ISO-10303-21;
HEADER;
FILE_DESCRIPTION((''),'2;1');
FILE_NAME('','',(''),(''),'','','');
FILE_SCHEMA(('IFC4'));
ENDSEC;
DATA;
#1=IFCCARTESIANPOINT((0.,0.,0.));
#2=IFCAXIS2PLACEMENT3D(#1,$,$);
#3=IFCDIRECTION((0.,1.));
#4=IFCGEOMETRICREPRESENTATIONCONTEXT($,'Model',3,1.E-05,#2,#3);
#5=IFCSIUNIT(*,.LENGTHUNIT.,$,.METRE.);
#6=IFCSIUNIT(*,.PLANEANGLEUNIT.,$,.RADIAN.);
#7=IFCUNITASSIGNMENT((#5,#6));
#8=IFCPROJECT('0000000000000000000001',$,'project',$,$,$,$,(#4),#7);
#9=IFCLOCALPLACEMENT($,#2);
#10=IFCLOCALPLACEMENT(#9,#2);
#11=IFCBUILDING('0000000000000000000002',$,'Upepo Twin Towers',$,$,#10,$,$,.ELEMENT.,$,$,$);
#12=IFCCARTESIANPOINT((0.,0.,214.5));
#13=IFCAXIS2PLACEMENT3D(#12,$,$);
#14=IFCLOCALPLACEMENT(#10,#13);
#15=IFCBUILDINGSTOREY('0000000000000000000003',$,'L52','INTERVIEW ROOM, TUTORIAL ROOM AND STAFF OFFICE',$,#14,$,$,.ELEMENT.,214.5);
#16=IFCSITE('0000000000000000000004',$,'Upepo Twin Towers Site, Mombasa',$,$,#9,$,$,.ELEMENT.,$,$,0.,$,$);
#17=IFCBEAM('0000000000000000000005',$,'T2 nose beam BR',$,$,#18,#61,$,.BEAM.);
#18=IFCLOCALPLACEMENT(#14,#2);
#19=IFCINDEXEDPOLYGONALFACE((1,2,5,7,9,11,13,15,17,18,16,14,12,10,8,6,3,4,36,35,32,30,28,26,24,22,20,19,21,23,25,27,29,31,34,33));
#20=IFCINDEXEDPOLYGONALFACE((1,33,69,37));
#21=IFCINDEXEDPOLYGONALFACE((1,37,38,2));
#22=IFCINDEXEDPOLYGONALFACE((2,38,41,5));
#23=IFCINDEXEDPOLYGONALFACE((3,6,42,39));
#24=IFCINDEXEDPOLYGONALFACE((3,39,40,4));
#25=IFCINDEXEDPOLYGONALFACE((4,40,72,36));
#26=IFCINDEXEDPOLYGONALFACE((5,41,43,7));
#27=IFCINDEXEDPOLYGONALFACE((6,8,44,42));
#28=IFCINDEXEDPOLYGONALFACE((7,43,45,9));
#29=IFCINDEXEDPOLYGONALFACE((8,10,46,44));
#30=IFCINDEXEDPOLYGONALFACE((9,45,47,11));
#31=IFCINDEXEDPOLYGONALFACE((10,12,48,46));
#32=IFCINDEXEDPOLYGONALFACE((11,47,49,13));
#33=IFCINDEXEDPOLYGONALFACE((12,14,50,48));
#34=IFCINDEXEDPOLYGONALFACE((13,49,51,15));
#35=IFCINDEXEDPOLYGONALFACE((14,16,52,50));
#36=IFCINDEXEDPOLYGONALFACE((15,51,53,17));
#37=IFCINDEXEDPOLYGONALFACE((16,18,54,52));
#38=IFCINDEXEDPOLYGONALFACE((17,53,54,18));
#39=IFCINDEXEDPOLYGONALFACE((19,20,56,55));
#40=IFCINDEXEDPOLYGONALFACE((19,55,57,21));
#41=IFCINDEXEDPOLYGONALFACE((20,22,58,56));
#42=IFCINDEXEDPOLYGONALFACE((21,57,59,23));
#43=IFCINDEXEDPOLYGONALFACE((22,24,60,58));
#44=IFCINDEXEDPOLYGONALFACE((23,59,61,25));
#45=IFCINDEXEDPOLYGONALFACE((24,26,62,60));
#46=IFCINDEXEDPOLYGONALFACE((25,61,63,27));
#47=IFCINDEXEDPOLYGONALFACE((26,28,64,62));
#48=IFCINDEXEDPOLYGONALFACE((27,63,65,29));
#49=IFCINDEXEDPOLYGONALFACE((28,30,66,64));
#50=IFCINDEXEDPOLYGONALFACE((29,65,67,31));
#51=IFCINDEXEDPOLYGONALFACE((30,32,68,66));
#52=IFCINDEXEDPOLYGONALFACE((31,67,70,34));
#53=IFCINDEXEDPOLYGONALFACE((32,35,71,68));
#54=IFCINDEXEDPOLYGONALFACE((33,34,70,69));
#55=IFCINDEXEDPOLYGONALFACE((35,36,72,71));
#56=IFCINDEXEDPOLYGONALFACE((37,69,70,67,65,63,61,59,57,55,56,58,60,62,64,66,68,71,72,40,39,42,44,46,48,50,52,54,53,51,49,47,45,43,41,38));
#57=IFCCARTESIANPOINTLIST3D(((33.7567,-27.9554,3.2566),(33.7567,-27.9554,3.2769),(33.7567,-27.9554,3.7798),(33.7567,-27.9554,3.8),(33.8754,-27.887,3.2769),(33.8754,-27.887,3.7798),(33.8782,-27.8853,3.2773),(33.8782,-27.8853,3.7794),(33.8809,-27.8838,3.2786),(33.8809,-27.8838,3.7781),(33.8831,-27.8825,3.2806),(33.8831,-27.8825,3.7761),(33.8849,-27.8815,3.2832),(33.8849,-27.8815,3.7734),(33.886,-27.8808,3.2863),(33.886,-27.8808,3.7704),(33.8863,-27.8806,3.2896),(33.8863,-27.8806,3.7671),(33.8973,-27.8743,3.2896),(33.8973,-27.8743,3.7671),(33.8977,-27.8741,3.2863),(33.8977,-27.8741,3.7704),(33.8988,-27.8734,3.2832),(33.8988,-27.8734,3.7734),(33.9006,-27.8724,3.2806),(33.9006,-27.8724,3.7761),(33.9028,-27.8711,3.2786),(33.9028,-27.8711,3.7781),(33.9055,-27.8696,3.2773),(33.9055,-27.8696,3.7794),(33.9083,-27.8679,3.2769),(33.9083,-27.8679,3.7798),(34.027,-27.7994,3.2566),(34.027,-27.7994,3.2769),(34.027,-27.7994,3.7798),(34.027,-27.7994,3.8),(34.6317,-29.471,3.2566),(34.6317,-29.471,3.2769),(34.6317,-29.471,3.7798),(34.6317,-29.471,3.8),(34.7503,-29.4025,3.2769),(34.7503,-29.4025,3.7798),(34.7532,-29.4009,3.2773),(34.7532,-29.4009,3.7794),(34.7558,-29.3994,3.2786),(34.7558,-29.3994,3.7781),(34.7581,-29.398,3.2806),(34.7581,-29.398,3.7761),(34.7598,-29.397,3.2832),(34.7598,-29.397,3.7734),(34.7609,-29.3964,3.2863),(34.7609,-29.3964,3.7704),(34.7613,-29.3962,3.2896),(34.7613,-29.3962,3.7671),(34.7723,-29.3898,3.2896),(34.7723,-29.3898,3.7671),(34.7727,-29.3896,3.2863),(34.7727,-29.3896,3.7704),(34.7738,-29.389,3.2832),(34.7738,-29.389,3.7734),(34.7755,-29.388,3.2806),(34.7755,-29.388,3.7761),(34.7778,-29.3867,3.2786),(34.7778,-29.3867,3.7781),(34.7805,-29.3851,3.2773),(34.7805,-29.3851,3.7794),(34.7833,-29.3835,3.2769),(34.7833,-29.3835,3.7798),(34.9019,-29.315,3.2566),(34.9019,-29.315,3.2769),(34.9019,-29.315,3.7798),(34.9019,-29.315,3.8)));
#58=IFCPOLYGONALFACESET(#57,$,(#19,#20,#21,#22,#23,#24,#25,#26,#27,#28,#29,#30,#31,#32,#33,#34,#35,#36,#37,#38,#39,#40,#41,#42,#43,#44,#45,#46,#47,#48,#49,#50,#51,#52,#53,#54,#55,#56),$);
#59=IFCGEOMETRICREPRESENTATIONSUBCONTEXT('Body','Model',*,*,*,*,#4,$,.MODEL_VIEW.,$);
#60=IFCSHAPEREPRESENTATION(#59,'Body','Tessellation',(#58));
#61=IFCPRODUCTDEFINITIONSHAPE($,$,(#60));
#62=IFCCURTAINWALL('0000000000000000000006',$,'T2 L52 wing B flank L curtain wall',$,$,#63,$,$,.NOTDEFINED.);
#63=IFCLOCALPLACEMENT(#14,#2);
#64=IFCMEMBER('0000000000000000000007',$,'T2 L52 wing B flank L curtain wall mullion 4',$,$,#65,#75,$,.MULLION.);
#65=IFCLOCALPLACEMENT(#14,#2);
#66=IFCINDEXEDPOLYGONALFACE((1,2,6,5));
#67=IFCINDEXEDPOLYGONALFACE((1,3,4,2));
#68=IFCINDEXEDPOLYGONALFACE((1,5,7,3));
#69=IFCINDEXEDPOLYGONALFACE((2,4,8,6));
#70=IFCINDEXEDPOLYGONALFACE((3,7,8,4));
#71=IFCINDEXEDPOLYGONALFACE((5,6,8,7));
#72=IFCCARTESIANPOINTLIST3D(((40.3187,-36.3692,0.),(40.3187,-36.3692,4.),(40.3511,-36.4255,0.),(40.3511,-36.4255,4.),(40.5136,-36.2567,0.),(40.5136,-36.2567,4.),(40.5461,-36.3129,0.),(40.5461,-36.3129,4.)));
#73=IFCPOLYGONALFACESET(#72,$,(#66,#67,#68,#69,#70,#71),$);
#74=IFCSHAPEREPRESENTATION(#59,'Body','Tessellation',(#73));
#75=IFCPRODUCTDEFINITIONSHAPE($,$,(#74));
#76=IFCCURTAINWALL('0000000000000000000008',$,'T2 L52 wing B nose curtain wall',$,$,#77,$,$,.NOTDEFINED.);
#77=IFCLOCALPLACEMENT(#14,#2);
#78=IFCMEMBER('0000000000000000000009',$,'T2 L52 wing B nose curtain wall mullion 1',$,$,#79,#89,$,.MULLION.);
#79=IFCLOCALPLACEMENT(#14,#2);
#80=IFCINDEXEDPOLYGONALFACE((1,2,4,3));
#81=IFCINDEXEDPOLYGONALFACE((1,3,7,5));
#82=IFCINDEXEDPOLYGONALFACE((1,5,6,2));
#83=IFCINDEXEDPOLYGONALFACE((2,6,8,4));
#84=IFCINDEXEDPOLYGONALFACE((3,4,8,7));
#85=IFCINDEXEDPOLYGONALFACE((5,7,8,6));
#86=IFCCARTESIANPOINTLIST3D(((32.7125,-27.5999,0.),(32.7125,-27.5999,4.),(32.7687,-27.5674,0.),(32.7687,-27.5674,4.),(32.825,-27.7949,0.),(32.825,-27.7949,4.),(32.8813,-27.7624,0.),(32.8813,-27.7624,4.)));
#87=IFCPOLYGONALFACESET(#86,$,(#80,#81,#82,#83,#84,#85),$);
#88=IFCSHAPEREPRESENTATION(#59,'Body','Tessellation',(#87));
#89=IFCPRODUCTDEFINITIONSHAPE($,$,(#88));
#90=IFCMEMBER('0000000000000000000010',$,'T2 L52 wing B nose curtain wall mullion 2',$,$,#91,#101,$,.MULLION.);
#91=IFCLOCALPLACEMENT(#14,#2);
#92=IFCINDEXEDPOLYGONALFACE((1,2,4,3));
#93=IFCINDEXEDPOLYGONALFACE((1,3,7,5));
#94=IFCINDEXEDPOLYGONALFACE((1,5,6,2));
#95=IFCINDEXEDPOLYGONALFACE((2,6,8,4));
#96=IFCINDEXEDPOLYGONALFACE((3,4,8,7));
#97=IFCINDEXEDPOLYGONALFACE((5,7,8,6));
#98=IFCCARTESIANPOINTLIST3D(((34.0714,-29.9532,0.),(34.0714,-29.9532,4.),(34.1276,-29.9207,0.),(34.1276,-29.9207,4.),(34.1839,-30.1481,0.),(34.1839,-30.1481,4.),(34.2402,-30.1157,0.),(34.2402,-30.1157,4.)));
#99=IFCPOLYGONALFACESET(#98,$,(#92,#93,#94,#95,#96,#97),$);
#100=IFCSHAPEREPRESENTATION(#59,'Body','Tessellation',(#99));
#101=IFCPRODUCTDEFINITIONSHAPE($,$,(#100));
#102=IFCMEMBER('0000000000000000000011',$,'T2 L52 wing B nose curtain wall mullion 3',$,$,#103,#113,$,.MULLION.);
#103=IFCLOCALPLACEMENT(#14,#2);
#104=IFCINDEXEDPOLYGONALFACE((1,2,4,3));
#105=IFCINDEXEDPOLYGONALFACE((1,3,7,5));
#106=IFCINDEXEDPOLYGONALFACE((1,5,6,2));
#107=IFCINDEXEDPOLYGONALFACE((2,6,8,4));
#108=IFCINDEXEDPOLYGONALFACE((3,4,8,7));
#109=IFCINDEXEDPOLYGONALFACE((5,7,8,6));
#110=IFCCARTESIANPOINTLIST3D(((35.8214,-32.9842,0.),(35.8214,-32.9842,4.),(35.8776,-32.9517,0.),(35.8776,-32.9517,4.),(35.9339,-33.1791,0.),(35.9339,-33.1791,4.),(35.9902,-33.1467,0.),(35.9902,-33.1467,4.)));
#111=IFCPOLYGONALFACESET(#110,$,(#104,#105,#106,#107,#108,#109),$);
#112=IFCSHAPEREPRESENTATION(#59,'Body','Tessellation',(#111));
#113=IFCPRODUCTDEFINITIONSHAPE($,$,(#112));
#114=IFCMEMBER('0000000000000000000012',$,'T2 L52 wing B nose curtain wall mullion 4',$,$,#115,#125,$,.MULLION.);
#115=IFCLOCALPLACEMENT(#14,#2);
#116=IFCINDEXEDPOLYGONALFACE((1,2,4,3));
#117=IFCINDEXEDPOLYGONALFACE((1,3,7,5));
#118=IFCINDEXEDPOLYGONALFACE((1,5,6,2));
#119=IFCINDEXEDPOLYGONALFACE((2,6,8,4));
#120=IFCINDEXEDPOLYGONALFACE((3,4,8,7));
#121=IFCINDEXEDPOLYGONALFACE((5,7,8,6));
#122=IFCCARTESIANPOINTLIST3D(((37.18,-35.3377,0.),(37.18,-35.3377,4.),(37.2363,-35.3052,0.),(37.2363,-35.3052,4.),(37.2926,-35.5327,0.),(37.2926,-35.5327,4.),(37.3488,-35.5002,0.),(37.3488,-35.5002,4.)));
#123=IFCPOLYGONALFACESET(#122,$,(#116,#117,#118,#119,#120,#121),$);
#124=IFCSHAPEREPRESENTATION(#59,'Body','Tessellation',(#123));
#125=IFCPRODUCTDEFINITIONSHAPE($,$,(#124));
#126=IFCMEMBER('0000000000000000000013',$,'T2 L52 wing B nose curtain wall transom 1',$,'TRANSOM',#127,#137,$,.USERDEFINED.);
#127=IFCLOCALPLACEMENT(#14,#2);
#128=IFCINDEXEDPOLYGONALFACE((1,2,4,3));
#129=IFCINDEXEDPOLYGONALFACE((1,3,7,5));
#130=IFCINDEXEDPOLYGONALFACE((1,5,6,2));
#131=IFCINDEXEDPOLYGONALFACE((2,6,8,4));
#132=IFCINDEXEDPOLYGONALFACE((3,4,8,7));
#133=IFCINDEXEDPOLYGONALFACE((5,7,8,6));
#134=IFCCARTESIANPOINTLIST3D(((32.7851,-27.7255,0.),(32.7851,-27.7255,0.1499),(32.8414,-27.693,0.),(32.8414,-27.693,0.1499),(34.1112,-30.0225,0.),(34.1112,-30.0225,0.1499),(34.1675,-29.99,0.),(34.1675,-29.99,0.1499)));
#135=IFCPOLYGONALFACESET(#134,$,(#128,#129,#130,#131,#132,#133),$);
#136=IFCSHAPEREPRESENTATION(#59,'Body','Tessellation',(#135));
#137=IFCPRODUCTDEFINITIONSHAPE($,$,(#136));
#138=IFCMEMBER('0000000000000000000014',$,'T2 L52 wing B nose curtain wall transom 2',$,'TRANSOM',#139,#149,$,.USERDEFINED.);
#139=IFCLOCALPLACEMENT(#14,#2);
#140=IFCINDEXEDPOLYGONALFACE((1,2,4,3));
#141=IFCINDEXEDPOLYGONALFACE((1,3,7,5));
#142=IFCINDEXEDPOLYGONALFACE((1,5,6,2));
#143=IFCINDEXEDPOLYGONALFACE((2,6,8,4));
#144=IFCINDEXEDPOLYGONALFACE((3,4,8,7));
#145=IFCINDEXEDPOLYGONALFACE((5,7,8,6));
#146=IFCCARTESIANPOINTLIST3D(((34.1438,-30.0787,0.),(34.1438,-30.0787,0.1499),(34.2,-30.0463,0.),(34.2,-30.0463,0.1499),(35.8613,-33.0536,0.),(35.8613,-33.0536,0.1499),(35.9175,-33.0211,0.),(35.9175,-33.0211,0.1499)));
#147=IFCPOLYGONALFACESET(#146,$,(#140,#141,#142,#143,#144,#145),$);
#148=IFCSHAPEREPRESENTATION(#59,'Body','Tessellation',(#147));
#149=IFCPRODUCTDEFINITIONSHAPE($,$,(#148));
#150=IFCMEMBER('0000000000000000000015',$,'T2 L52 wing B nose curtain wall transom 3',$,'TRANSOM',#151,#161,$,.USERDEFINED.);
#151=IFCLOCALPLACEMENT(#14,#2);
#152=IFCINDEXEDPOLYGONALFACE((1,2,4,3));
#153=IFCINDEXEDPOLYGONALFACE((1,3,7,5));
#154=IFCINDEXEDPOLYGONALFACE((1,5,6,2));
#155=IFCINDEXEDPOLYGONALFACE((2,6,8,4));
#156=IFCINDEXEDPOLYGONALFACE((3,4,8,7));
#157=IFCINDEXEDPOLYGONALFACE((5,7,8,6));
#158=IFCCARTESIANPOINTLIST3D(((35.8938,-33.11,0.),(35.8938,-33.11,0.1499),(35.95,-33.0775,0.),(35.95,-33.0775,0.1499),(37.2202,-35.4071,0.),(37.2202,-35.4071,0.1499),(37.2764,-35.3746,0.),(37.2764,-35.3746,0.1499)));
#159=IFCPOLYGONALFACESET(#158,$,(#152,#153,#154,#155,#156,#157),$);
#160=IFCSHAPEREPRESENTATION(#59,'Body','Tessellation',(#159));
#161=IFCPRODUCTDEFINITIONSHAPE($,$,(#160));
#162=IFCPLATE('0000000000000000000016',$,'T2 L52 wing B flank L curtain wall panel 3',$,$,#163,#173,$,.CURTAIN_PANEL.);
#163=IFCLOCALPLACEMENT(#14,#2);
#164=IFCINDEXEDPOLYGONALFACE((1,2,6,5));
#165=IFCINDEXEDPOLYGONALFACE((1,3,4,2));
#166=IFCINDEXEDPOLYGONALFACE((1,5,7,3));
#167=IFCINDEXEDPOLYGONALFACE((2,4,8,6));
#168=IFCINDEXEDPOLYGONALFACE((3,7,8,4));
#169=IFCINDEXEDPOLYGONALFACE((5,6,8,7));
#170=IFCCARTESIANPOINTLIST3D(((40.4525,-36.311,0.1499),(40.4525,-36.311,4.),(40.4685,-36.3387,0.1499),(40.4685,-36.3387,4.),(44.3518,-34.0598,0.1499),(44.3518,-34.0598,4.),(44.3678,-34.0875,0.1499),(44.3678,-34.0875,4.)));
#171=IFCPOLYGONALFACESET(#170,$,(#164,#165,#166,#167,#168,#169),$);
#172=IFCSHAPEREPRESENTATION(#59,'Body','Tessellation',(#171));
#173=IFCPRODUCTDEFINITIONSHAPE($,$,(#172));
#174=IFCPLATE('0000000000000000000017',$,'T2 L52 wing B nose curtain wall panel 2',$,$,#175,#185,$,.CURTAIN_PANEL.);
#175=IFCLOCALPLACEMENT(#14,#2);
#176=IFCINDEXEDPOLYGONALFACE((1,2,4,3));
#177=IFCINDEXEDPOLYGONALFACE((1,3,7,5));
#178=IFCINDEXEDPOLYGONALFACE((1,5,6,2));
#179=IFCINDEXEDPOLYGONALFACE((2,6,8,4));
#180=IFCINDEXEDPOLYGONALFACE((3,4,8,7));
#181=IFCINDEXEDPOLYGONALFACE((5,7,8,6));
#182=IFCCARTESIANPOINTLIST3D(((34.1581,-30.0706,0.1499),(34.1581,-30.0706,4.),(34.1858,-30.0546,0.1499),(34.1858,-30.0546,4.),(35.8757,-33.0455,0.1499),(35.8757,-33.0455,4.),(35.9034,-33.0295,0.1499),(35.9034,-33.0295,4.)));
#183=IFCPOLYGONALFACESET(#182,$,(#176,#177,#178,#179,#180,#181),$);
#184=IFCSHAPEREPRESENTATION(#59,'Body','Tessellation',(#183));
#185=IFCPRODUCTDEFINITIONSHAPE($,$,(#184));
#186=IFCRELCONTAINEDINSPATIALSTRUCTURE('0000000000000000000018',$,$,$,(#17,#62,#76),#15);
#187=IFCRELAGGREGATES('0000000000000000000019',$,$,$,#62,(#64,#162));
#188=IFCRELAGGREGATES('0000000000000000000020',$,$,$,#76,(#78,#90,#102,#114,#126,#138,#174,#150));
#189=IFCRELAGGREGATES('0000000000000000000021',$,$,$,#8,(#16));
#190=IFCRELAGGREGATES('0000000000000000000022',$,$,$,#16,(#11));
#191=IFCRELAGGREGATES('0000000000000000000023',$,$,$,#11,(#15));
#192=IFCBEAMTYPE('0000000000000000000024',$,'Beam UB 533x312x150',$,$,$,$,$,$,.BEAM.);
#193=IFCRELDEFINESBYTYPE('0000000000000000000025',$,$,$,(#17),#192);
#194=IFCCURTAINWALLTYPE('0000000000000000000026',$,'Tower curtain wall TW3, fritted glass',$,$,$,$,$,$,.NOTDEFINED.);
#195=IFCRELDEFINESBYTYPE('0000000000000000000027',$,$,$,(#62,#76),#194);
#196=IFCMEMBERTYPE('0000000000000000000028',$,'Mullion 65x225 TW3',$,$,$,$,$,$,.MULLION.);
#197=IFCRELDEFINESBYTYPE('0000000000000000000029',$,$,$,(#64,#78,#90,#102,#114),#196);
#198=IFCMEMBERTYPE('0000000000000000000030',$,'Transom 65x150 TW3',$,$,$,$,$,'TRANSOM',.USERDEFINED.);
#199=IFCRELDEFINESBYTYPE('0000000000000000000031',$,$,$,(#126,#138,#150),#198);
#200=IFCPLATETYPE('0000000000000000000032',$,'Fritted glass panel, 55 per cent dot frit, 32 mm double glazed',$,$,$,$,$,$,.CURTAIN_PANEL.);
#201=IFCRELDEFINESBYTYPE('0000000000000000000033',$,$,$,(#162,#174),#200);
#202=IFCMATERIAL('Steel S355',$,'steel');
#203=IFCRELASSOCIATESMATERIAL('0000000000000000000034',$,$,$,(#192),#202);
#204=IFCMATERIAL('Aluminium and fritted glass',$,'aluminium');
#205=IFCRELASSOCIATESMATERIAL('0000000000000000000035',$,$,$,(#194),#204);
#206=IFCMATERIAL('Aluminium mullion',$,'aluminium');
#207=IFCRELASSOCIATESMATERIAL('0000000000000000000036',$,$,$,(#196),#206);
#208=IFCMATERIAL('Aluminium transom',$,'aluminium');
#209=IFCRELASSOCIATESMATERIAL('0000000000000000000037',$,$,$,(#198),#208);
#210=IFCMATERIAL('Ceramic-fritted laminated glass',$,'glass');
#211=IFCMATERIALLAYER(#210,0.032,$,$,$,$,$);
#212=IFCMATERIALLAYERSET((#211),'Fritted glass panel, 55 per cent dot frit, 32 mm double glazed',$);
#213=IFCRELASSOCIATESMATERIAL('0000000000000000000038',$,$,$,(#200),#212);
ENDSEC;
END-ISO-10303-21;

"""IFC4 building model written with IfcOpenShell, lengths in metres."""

from ifc_helpers import new_model, si_unit, direction, frame, origin, origin_2d, place, context, subcontext, project, spatial, rectangle, i_section, extrude, material, layer, layer_set, material_profile, profile_set, type_object, element, aggregate, save


model = new_model("IFC4")

# Units and contexts
model_context = context("Model", 3, precision=1e-05, world=origin(), true_north=direction((0.0, 1.0)))
body_context = subcontext(model_context, "Body", "Model", "MODEL_VIEW")
ifc_project = project(units=[si_unit("LENGTHUNIT", "METRE"), si_unit("PLANEANGLEUNIT", "RADIAN")], contexts=[model_context])

# Site, building, storey
site_placement = place(None, origin())
site = spatial("IfcSite", under=ifc_project, at=site_placement, Name="Upepo Twin Towers Site, Mombasa", CompositionType="ELEMENT", RefElevation=0.0)
building_placement = place(site_placement, origin())
building = spatial("IfcBuilding", under=site, at=building_placement, Name="Upepo Twin Towers", CompositionType="ELEMENT")
storey_placement = place(building_placement, frame((0.0, 0.0, 214.5)))
storey = spatial("IfcBuildingStorey", under=building, at=storey_placement, Name="L52", Description="INTERVIEW ROOM, TUTORIAL ROOM AND STAFF OFFICE", CompositionType="ELEMENT", Elevation=214.5)

# Beam
ifc_material_1 = material(Name="Steel S355", Category="steel")
ifc_material_profile_1 = material_profile(ifc_material_1, i_section(OverallWidth=0.312, OverallDepth=0.5435, WebThickness=0.0127, FlangeThickness=0.0203, FilletRadius=0.0127, at=origin_2d()), Name="UB 533x312x150")
ifc_profile_set_1 = profile_set([ifc_material_profile_1], Name="Steel S355")
beam_type_1 = type_object("IfcBeamType", Name="Beam UB 533x312x150", PredefinedType="BEAM", material=ifc_profile_set_1)
for number, where, z_axis, x_axis, name in (
    (1, (33.8918, -27.8774, 3.5283), (0.49998, -0.866037, 0.0), (0.866037, 0.49998, 0.0), "T2 nose beam BR"),
):
    element("IfcBeam", number, at=place(storey_placement, frame(where, z_axis=z_axis, x_axis=x_axis)), inside=storey, type_object=beam_type_1, Name=name, PredefinedType="BEAM", context=body_context, shape_type="SweptSolid", body=[
        extrude(i_section(OverallWidth=0.312, OverallDepth=0.5435, WebThickness=0.0127, FlangeThickness=0.0203, FilletRadius=0.0127, at=origin_2d()), origin(), (0.0, 0.0, 1.0), 1.75),
    ])

# Curtain wall, member
ifc_material_2 = material(Name="Aluminium and fritted glass", Category="aluminium")
curtain_wall_type = type_object("IfcCurtainWallType", Name="Tower curtain wall TW3, fritted glass", PredefinedType="NOTDEFINED", material=ifc_material_2)
curtain_wall_1_placement = place(storey_placement, origin())
curtain_wall_1 = element("IfcCurtainWall", 2, at=curtain_wall_1_placement, inside=storey, type_object=curtain_wall_type, Name="T2 L52 wing B flank L curtain wall", PredefinedType="NOTDEFINED")
ifc_material_3 = material(Name="Aluminium mullion", Category="aluminium")
ifc_material_profile_2 = material_profile(ifc_material_3, rectangle(XDim=0.0649, YDim=0.2251, at=origin_2d()), Name="MULLION 65x225")
ifc_profile_set_2 = profile_set([ifc_material_profile_2], Name="Aluminium mullion")
member_type_1 = type_object("IfcMemberType", Name="Mullion 65x225 TW3", PredefinedType="MULLION", material=ifc_profile_set_2)
member_1_placement = place(storey_placement, frame((40.4324, -36.3411, 0.0), z_axis=(0.0, 0.0, 1.0), x_axis=(0.5, -0.866025, 0.0)))
member_1 = element("IfcMember", 3, at=member_1_placement, type_object=member_type_1, Name="T2 L52 wing B flank L curtain wall mullion 4", PredefinedType="MULLION", context=body_context, shape_type="SweptSolid", body=[
    extrude(rectangle(XDim=0.0649, YDim=0.2251, at=origin_2d()), origin(), (0.0, 0.0, 1.0), 4.0),
])

# Curtain wall, members
curtain_wall_2_placement = place(storey_placement, origin())
curtain_wall_2 = element("IfcCurtainWall", 4, at=curtain_wall_2_placement, inside=storey, type_object=curtain_wall_type, Name="T2 L52 wing B nose curtain wall", PredefinedType="NOTDEFINED")
member_2_placement = place(storey_placement, frame((32.7969, -27.6812, 0.0), z_axis=(0.0, 0.0, 1.0), x_axis=(0.866025, 0.5, 0.0)))
member_2 = element("IfcMember", 5, at=member_2_placement, type_object=member_type_1, Name="T2 L52 wing B nose curtain wall mullion 1", PredefinedType="MULLION", context=body_context, shape_type="SweptSolid", body=[
    extrude(rectangle(XDim=0.0649, YDim=0.2251, at=origin_2d()), origin(), (0.0, 0.0, 1.0), 4.0),
])
member_3_placement = place(storey_placement, frame((34.1558, -30.0344, 0.0), z_axis=(0.0, 0.0, 1.0), x_axis=(0.866025, 0.5, 0.0)))
member_3 = element("IfcMember", 6, at=member_3_placement, type_object=member_type_1, Name="T2 L52 wing B nose curtain wall mullion 2", PredefinedType="MULLION", context=body_context, shape_type="SweptSolid", body=[
    extrude(rectangle(XDim=0.0649, YDim=0.2251, at=origin_2d()), origin(), (0.0, 0.0, 1.0), 4.0),
])
member_4_placement = place(storey_placement, frame((35.9058, -33.0654, 0.0), z_axis=(0.0, 0.0, 1.0), x_axis=(0.866025, 0.5, 0.0)))
member_4 = element("IfcMember", 7, at=member_4_placement, type_object=member_type_1, Name="T2 L52 wing B nose curtain wall mullion 3", PredefinedType="MULLION", context=body_context, shape_type="SweptSolid", body=[
    extrude(rectangle(XDim=0.0649, YDim=0.2251, at=origin_2d()), origin(), (0.0, 0.0, 1.0), 4.0),
])
member_5_placement = place(storey_placement, frame((37.2644, -35.4189, 0.0), z_axis=(0.0, 0.0, 1.0), x_axis=(0.866025, 0.5, 0.0)))
member_5 = element("IfcMember", 8, at=member_5_placement, type_object=member_type_1, Name="T2 L52 wing B nose curtain wall mullion 4", PredefinedType="MULLION", context=body_context, shape_type="SweptSolid", body=[
    extrude(rectangle(XDim=0.0649, YDim=0.2251, at=origin_2d()), origin(), (0.0, 0.0, 1.0), 4.0),
])
ifc_material_4 = material(Name="Aluminium transom", Category="aluminium")
ifc_material_profile_3 = material_profile(ifc_material_4, rectangle(XDim=0.0649, YDim=0.1499, at=origin_2d()), Name="TRANSOM 65x150")
ifc_profile_set_3 = profile_set([ifc_material_profile_3], Name="Aluminium transom")
member_type_2 = type_object("IfcMemberType", Name="Transom 65x150 TW3", ElementType="TRANSOM", PredefinedType="USERDEFINED", material=ifc_profile_set_3)
member_6_placement = place(storey_placement, frame((32.8132, -27.7092, 0.075), z_axis=(0.49998, -0.866037, 0.0), x_axis=(0.866037, 0.49998, 0.0)))
member_6 = element("IfcMember", 9, at=member_6_placement, type_object=member_type_2, Name="T2 L52 wing B nose curtain wall transom 1", ObjectType="TRANSOM", PredefinedType="USERDEFINED", context=body_context, shape_type="SweptSolid", body=[
    extrude(rectangle(XDim=0.0649, YDim=0.1499, at=origin_2d()), origin(), (0.0, 0.0, 1.0), 2.6523),
])
member_7_placement = place(storey_placement, frame((34.1719, -30.0625, 0.075), z_axis=(0.499999, -0.866026, 0.0), x_axis=(0.866026, 0.499999, 0.0)))
member_7 = element("IfcMember", 10, at=member_7_placement, type_object=member_type_2, Name="T2 L52 wing B nose curtain wall transom 2", ObjectType="TRANSOM", PredefinedType="USERDEFINED", context=body_context, shape_type="SweptSolid", body=[
    extrude(rectangle(XDim=0.0649, YDim=0.1499, at=origin_2d()), origin(), (0.0, 0.0, 1.0), 3.4351),
])
member_8_placement = place(storey_placement, frame((35.9219, -33.0938, 0.075), z_axis=(0.500049, -0.865997, 0.0), x_axis=(0.865997, 0.500049, 0.0)))
member_8 = element("IfcMember", 11, at=member_8_placement, type_object=member_type_2, Name="T2 L52 wing B nose curtain wall transom 3", ObjectType="TRANSOM", PredefinedType="USERDEFINED", context=body_context, shape_type="SweptSolid", body=[
    extrude(rectangle(XDim=0.0649, YDim=0.1499, at=origin_2d()), origin(), (0.0, 0.0, 1.0), 2.6526),
])

# Plates
ifc_material_5 = material(Name="Ceramic-fritted laminated glass", Category="glass")
ifc_layer_1 = layer(ifc_material_5, 0.032)
ifc_layer_set_1 = layer_set([ifc_layer_1], Name="Fritted glass panel, 55 per cent dot frit, 32 mm double glazed")
plate_type_1 = type_object("IfcPlateType", Name="Fritted glass panel, 55 per cent dot frit, 32 mm double glazed", PredefinedType="CURTAIN_PANEL", material=ifc_layer_set_1)
plate_1_placement = place(storey_placement, frame((42.4102, -35.1992, 0.1499), z_axis=(0.0, 0.0, 1.0), x_axis=(-0.866025, -0.5, 0.0)))
plate_1 = element("IfcPlate", 12, at=plate_1_placement, type_object=plate_type_1, Name="T2 L52 wing B flank L curtain wall panel 3", PredefinedType="CURTAIN_PANEL", context=body_context, shape_type="SweptSolid", body=[
    extrude(rectangle(XDim=4.5024, YDim=0.032, at=origin_2d()), origin(), (0.0, 0.0, 1.0), 3.8501),
])
aggregate(curtain_wall_1, [member_1, plate_1])
plate_2_placement = place(storey_placement, frame((35.0308, -31.55, 0.1499), z_axis=(0.0, 0.0, 1.0), x_axis=(0.5, -0.866025, 0.0)))
plate_2 = element("IfcPlate", 13, at=plate_2_placement, type_object=plate_type_1, Name="T2 L52 wing B nose curtain wall panel 2", PredefinedType="CURTAIN_PANEL", context=body_context, shape_type="SweptSolid", body=[
    extrude(rectangle(XDim=3.4351, YDim=0.032, at=origin_2d()), origin(), (0.0, 0.0, 1.0), 3.8501),
])
aggregate(curtain_wall_2, [member_2, member_3, member_4, member_5, member_6, member_7, plate_2, member_8])

save(model, "model.ifc")
